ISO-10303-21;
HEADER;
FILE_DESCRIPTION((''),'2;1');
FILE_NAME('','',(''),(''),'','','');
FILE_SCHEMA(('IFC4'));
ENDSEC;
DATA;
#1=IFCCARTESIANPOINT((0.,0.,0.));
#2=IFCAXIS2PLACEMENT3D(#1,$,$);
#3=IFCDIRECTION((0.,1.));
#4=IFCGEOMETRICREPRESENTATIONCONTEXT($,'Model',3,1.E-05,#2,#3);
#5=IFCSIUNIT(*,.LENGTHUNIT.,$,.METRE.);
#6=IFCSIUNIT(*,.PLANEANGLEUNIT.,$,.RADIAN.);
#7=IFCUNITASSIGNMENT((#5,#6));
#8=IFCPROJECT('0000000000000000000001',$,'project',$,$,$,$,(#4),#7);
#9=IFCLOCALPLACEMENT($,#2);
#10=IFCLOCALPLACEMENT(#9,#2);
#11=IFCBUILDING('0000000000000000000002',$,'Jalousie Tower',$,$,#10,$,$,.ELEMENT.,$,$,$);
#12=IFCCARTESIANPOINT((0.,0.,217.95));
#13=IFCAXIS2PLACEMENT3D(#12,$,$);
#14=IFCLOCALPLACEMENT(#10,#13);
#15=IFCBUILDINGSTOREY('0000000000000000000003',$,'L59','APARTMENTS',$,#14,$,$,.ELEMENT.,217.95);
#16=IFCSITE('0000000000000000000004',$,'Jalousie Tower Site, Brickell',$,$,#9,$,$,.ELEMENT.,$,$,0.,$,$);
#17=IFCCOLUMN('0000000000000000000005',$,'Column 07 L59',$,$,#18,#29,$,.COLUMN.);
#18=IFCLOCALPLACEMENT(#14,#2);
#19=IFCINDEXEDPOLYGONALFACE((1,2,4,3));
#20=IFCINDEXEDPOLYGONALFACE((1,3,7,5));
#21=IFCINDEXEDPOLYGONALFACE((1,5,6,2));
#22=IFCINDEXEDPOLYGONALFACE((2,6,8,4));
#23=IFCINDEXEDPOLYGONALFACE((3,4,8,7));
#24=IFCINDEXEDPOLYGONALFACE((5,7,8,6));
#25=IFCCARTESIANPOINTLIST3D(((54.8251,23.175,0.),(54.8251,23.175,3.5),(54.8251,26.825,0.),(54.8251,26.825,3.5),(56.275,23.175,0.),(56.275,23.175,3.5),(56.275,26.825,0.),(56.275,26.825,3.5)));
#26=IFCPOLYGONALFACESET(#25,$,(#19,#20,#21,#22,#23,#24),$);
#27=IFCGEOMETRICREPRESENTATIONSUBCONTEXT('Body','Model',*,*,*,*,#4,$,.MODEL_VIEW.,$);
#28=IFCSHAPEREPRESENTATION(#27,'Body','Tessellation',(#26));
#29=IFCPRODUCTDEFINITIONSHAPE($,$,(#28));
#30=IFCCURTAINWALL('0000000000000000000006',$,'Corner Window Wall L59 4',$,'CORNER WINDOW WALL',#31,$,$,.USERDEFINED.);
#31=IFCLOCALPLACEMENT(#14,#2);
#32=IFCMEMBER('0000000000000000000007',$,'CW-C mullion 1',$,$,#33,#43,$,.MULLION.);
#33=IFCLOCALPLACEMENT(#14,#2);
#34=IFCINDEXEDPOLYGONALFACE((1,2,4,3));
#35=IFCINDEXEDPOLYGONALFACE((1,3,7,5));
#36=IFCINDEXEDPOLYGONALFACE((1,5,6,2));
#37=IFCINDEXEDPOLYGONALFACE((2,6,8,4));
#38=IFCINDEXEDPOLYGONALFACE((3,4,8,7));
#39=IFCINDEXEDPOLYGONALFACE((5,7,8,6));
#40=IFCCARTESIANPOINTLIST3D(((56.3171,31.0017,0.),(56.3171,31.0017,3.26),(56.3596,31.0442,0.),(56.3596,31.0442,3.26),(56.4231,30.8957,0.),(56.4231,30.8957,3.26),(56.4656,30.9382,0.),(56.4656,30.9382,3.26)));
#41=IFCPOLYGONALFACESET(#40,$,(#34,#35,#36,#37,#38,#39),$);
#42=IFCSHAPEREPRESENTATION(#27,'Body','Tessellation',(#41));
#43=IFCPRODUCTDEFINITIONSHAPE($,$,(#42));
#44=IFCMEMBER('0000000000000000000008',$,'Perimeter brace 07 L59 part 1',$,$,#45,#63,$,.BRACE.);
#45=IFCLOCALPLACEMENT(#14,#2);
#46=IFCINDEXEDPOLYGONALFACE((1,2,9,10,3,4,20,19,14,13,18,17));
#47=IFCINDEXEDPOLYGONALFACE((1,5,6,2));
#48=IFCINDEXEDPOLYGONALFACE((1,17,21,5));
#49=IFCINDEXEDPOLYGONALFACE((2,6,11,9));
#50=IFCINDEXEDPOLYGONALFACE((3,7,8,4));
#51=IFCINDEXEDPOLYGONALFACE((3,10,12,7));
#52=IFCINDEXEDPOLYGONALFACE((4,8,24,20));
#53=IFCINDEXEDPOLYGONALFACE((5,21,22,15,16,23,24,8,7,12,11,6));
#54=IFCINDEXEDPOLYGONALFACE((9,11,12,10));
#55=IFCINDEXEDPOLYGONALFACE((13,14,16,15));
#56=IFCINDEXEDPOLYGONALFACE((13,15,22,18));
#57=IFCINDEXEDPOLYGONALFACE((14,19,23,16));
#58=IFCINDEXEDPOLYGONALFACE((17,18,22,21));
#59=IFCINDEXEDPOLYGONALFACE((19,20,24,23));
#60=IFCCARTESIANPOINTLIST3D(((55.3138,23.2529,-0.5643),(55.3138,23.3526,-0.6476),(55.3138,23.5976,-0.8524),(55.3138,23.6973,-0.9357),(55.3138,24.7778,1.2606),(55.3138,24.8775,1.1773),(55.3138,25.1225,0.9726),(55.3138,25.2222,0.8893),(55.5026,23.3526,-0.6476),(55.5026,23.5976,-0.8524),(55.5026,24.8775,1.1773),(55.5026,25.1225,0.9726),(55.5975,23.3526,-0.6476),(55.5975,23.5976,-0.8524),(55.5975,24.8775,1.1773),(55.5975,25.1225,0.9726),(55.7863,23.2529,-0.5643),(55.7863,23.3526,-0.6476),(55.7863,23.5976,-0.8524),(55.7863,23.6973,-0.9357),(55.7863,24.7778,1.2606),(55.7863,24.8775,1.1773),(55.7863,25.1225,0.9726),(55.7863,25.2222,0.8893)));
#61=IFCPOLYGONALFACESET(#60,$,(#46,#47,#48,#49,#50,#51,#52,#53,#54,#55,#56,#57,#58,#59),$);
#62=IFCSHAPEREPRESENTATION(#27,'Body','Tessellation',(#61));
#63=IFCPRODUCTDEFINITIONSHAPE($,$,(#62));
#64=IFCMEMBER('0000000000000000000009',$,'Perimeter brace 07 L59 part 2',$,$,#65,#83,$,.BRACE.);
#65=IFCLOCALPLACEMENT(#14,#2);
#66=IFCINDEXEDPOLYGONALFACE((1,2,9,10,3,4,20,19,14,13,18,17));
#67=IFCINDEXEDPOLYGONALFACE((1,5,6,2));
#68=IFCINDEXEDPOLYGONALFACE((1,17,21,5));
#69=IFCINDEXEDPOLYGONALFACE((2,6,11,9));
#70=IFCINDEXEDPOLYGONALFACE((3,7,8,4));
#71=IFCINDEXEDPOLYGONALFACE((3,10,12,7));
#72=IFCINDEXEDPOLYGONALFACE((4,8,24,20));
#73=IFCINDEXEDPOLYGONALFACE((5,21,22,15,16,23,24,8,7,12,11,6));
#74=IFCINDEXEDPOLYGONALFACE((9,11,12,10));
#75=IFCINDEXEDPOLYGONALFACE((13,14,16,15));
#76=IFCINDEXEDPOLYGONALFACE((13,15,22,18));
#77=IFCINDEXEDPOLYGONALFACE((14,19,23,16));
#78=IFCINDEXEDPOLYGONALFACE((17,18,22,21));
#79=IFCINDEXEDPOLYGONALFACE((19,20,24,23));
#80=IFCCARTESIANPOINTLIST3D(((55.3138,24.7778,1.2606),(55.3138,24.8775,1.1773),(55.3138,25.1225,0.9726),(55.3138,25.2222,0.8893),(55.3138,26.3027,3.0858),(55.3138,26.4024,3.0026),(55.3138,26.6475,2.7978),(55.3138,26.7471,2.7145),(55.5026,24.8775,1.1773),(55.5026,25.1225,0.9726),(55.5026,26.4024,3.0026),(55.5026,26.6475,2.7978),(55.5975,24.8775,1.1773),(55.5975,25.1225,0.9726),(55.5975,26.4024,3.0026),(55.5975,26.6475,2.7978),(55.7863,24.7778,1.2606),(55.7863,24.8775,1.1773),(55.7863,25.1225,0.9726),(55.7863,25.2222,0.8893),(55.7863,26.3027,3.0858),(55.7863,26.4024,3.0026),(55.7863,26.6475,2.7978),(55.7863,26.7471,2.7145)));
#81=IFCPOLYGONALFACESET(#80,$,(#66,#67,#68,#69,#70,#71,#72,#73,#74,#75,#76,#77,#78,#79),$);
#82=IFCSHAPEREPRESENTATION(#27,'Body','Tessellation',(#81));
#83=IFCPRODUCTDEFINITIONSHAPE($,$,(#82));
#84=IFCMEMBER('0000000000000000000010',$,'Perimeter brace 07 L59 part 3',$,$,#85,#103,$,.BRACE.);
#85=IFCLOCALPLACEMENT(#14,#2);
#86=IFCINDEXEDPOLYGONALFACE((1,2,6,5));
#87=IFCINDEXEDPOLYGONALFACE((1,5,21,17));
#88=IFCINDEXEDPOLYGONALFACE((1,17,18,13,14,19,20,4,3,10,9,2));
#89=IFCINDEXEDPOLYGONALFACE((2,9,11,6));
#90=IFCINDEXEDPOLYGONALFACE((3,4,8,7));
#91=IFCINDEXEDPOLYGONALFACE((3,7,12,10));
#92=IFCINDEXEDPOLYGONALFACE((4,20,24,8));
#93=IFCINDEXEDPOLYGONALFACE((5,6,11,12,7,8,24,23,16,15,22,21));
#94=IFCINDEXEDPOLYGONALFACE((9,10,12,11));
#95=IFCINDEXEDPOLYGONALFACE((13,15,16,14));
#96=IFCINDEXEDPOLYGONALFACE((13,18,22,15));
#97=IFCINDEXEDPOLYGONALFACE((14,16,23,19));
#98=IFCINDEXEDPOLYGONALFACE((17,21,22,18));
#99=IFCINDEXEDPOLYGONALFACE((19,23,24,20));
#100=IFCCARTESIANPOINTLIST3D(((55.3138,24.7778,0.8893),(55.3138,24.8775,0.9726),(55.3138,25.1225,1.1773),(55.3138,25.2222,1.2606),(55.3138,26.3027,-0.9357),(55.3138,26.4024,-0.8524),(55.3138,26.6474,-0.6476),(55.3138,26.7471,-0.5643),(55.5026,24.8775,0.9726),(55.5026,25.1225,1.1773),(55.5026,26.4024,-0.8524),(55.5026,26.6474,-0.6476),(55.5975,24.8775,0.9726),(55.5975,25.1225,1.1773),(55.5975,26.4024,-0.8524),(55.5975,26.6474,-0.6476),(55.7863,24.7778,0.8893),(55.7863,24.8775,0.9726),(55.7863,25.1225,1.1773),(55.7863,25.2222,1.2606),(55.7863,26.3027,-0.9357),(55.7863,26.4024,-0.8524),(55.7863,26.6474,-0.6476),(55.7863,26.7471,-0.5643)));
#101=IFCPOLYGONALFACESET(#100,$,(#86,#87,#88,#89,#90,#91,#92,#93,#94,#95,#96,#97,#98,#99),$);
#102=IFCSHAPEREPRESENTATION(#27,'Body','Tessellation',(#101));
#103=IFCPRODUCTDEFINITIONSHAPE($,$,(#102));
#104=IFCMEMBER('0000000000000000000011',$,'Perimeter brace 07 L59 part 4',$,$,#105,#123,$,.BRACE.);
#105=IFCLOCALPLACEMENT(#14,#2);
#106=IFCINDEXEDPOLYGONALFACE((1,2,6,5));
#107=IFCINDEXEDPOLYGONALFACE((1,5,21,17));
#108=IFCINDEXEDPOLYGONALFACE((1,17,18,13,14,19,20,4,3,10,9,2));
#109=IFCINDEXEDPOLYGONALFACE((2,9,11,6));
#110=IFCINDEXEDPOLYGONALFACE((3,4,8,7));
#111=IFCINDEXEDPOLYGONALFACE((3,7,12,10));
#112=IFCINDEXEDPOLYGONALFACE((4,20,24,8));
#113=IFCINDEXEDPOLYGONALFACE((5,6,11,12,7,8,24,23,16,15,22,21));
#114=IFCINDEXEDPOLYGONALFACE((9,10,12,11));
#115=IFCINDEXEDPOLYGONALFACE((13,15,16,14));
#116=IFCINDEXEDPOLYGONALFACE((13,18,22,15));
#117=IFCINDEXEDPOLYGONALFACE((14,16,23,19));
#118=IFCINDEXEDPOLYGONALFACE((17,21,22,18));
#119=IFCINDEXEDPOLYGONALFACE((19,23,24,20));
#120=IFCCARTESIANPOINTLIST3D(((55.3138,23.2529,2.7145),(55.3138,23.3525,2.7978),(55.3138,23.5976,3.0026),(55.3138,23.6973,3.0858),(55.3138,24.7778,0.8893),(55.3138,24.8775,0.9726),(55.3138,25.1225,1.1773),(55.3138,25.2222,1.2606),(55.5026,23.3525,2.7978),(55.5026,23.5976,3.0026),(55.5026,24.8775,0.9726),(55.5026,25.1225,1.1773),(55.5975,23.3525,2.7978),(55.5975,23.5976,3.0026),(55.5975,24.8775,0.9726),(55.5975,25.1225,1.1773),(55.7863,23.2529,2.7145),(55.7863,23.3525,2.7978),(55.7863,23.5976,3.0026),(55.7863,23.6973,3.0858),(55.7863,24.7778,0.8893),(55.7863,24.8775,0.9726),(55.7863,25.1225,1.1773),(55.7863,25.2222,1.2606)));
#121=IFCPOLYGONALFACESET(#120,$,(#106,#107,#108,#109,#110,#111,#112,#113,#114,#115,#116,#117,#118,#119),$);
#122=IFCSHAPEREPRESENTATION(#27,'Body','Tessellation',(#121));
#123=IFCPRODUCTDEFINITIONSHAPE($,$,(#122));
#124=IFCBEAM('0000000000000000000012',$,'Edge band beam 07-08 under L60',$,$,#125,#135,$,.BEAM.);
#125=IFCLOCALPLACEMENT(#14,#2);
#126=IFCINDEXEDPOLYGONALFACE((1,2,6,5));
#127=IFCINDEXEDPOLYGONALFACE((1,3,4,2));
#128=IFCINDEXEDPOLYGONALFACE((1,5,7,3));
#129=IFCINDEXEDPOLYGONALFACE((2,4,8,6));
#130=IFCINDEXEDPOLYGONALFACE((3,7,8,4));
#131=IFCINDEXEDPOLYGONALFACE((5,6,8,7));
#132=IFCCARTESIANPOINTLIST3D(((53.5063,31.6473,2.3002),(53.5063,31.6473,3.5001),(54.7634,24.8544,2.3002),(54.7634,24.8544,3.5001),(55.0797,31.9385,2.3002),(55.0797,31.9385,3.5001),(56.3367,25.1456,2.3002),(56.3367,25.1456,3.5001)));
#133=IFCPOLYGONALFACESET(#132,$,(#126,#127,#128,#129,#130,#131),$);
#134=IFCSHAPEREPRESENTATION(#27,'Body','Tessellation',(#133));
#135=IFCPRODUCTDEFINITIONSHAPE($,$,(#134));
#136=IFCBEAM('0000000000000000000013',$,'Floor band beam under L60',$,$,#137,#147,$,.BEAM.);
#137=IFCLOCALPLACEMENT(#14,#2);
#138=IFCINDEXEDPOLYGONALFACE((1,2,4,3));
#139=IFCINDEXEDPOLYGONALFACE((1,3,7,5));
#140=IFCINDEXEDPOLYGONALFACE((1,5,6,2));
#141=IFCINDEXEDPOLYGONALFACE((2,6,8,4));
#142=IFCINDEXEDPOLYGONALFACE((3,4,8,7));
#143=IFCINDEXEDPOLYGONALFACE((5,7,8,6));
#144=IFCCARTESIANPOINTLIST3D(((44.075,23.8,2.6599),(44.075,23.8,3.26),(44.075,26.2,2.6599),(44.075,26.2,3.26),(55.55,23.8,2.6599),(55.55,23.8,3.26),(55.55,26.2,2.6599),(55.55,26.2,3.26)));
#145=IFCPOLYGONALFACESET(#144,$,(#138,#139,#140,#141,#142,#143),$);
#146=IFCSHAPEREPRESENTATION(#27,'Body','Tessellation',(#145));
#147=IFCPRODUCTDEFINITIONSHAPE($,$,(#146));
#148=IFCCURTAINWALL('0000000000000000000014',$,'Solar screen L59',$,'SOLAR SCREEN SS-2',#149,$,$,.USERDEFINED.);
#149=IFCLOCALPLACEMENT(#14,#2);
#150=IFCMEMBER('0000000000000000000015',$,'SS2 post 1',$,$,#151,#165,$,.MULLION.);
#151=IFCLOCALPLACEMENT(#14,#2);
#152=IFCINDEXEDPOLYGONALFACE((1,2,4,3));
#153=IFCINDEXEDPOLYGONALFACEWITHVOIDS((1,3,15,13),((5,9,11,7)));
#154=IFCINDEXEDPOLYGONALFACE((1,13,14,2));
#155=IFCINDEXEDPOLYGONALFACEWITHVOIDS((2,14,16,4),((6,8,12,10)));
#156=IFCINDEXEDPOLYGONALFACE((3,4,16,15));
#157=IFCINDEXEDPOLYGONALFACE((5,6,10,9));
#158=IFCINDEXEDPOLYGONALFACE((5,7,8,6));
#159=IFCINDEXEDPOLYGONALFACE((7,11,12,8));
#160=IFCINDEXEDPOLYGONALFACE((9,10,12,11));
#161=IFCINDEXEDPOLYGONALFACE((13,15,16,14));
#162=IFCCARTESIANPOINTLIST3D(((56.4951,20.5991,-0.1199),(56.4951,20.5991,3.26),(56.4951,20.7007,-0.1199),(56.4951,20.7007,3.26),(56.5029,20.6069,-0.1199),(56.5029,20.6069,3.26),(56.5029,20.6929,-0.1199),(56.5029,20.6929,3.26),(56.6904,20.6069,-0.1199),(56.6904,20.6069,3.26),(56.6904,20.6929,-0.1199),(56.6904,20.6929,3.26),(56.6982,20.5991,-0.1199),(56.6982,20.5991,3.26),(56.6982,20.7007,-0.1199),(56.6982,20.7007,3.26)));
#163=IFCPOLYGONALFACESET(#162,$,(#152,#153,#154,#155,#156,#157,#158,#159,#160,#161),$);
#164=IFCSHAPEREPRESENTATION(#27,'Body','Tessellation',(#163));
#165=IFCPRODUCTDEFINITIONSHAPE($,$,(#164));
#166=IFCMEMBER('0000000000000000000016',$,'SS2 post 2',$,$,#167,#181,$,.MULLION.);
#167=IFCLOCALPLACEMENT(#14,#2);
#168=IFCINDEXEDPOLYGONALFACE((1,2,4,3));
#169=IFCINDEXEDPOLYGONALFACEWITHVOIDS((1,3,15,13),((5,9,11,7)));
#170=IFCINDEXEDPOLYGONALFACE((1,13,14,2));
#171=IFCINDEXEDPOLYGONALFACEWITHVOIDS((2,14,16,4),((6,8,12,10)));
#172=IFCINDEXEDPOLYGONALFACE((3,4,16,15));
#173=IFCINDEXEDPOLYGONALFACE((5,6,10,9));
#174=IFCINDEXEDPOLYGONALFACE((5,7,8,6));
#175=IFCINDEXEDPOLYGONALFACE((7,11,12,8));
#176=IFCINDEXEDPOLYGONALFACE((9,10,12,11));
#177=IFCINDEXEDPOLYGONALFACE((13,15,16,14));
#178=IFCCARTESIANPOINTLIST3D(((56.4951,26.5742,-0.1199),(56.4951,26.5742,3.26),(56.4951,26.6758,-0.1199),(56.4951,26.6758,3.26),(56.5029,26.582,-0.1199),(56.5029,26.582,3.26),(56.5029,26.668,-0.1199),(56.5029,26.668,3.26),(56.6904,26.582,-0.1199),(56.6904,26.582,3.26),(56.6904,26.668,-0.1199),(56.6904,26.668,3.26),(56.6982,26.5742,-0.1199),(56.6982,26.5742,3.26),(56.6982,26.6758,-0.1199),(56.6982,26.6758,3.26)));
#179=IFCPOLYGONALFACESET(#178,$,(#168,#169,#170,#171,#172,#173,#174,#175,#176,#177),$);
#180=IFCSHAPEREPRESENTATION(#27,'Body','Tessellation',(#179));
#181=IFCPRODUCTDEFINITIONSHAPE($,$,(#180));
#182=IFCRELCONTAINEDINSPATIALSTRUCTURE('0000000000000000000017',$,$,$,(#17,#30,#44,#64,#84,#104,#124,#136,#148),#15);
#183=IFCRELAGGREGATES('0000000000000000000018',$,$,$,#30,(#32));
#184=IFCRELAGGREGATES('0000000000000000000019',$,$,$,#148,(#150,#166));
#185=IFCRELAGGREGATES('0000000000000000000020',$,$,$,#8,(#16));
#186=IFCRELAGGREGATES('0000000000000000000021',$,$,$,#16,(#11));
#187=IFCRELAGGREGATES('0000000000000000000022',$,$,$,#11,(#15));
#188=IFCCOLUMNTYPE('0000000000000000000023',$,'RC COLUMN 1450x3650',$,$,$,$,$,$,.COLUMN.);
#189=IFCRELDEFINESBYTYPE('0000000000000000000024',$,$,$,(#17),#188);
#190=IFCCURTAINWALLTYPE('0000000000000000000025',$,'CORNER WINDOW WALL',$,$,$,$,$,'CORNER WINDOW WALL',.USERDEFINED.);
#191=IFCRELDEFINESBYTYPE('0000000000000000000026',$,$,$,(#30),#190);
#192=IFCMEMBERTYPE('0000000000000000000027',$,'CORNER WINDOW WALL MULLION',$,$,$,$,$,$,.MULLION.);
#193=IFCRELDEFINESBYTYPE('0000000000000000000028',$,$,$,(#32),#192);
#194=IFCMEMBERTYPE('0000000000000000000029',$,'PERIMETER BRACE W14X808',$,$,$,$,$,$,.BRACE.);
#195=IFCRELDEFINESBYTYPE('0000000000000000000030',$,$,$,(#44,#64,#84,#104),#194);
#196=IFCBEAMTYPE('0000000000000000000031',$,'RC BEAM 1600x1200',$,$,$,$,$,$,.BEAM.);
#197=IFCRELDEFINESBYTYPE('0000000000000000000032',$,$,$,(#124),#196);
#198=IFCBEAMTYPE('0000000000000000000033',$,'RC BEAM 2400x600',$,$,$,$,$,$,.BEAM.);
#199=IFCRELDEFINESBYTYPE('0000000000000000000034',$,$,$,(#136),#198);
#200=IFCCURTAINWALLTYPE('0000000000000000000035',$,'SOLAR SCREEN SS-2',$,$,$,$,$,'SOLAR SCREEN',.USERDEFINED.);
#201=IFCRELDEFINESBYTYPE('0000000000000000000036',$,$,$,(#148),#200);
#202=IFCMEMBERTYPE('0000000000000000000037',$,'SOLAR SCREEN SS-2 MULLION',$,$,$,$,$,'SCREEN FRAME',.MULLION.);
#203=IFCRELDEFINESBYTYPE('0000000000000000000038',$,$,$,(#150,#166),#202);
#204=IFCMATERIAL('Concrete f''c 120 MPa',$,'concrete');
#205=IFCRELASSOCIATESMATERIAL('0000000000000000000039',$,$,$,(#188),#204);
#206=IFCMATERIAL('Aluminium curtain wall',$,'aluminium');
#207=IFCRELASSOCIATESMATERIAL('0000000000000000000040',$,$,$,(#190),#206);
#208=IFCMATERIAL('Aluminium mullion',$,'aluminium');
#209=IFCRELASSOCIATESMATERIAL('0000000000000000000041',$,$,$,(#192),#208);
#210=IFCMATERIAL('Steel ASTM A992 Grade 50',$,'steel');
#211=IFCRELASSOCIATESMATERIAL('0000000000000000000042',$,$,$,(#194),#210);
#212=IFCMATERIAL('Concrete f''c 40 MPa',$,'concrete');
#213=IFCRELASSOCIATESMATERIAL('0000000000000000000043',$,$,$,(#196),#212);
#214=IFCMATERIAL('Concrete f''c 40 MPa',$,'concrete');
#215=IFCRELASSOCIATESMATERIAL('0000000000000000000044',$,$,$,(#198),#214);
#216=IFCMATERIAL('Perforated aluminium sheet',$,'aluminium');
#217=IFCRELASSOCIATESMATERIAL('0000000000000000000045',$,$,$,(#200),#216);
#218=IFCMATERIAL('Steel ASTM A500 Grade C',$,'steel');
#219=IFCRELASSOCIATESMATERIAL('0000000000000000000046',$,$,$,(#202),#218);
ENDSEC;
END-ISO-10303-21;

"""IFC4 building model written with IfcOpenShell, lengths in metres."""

from ifc_helpers import new_model, si_unit, direction, frame, origin, origin_2d, place, context, subcontext, project, spatial, rectangle, hollow_rectangle, i_section, extrude, material, material_profile, profile_set, type_object, element, aggregate, save


model = new_model("IFC4")

# Units and contexts
model_context = context("Model", 3, precision=1e-05, world=origin(), true_north=direction((0.0, 1.0)))
body_context = subcontext(model_context, "Body", "Model", "MODEL_VIEW")
ifc_project = project(units=[si_unit("LENGTHUNIT", "METRE"), si_unit("PLANEANGLEUNIT", "RADIAN")], contexts=[model_context])

# Site, building, storey
site_placement = place(None, origin())
site = spatial("IfcSite", under=ifc_project, at=site_placement, Name="Jalousie Tower Site, Brickell", CompositionType="ELEMENT", RefElevation=0.0)
building_placement = place(site_placement, origin())
building = spatial("IfcBuilding", under=site, at=building_placement, Name="Jalousie Tower", CompositionType="ELEMENT")
storey_placement = place(building_placement, frame((0.0, 0.0, 217.95)))
storey = spatial("IfcBuildingStorey", under=building, at=storey_placement, Name="L59", Description="APARTMENTS", CompositionType="ELEMENT", Elevation=217.95)

# Column
ifc_material_1 = material(Name="Concrete f'c 120 MPa", Category="concrete")
ifc_material_profile_1 = material_profile(ifc_material_1, rectangle(XDim=1.45, YDim=3.6499, at=origin_2d()), Name="RC 1450x3650")
ifc_profile_set_1 = profile_set([ifc_material_profile_1], Name="Concrete f'c 120 MPa")
column_type = type_object("IfcColumnType", Name="RC COLUMN 1450x3650", PredefinedType="COLUMN", material=ifc_profile_set_1)
column_placement = place(storey_placement, frame((55.55, 25.0, 0.0), z_axis=(0.0, 0.0, 1.0), x_axis=(1.0, 0.0, 0.0)))
element("IfcColumn", 1, at=column_placement, inside=storey, type_object=column_type, Name="Column 07 L59", PredefinedType="COLUMN", context=body_context, shape_type="SweptSolid", body=[
    extrude(rectangle(XDim=1.45, YDim=3.6499, at=origin_2d()), origin(), (0.0, 0.0, 1.0), 3.5),
])

# Curtain wall, member
ifc_material_2 = material(Name="Aluminium curtain wall", Category="aluminium")
curtain_wall_type_1 = type_object("IfcCurtainWallType", Name="CORNER WINDOW WALL", ElementType="CORNER WINDOW WALL", PredefinedType="USERDEFINED", material=ifc_material_2)
curtain_wall_1_placement = place(storey_placement, origin())
curtain_wall_1 = element("IfcCurtainWall", 2, at=curtain_wall_1_placement, inside=storey, type_object=curtain_wall_type_1, Name="Corner Window Wall L59 4", ObjectType="CORNER WINDOW WALL", PredefinedType="USERDEFINED")
ifc_material_3 = material(Name="Aluminium mullion", Category="aluminium")
ifc_material_profile_2 = material_profile(ifc_material_3, rectangle(XDim=0.0601, YDim=0.1499, at=origin_2d()), Name="MULLION 60x150")
ifc_profile_set_2 = profile_set([ifc_material_profile_2], Name="Aluminium mullion")
member_type_1 = type_object("IfcMemberType", Name="CORNER WINDOW WALL MULLION", PredefinedType="MULLION", material=ifc_profile_set_2)
member_1_placement = place(storey_placement, frame((56.3914, 30.97, 0.0), z_axis=(0.0, 0.0, 1.0), x_axis=(-0.707107, -0.707107, 0.0)))
member_1 = element("IfcMember", 3, at=member_1_placement, type_object=member_type_1, Name="CW-C mullion 1", PredefinedType="MULLION", context=body_context, shape_type="SweptSolid", body=[
    extrude(rectangle(XDim=0.0601, YDim=0.1499, at=origin_2d()), origin(), (0.0, 0.0, 1.0), 3.26),
])
aggregate(curtain_wall_1, [member_1])

# Members
ifc_material_4 = material(Name="Steel ASTM A992 Grade 50", Category="steel")
ifc_material_profile_3 = material_profile(ifc_material_4, i_section(OverallWidth=0.4724, OverallDepth=0.5791, WebThickness=0.095, FlangeThickness=0.1299, at=origin_2d()), Name="W14X808")
ifc_profile_set_3 = profile_set([ifc_material_profile_3], Name="Steel ASTM A992 Grade 50")
member_type_2 = type_object("IfcMemberType", Name="PERIMETER BRACE W14X808", PredefinedType="BRACE", material=ifc_profile_set_3)
member_2_placement = place(storey_placement, frame((55.55, 23.4751, -0.75), z_axis=(0.0, 0.641204, 0.767371), x_axis=(-1.0, 0.0, 0.0)))
element("IfcMember", 4, at=member_2_placement, inside=storey, type_object=member_type_2, Name="Perimeter brace 07 L59 part 1", PredefinedType="BRACE", context=body_context, shape_type="SweptSolid", body=[
    extrude(i_section(OverallWidth=0.4724, OverallDepth=0.5791, WebThickness=0.095, FlangeThickness=0.1299, at=origin_2d()), origin(), (0.0, 0.0, 1.0), 2.3782),
])
member_3_placement = place(storey_placement, frame((55.55, 25.0, 1.075), z_axis=(0.0, 0.641153, 0.767413), x_axis=(-1.0, 0.0, 0.0)))
element("IfcMember", 5, at=member_3_placement, inside=storey, type_object=member_type_2, Name="Perimeter brace 07 L59 part 2", PredefinedType="BRACE", context=body_context, shape_type="SweptSolid", body=[
    extrude(i_section(OverallWidth=0.4724, OverallDepth=0.5791, WebThickness=0.095, FlangeThickness=0.1299, at=origin_2d()), origin(), (0.0, 0.0, 1.0), 2.3784),
])
member_4_placement = place(storey_placement, frame((55.55, 26.5249, -0.75), z_axis=(0.0, -0.641204, 0.767371), x_axis=(1.0, 0.0, 0.0)))
element("IfcMember", 6, at=member_4_placement, inside=storey, type_object=member_type_2, Name="Perimeter brace 07 L59 part 3", PredefinedType="BRACE", context=body_context, shape_type="SweptSolid", body=[
    extrude(i_section(OverallWidth=0.4724, OverallDepth=0.5791, WebThickness=0.095, FlangeThickness=0.1299, at=origin_2d()), origin(), (0.0, 0.0, 1.0), 2.3782),
])
member_5_placement = place(storey_placement, frame((55.55, 25.0, 1.075), z_axis=(0.0, -0.641153, 0.767413), x_axis=(1.0, 0.0, 0.0)))
element("IfcMember", 7, at=member_5_placement, inside=storey, type_object=member_type_2, Name="Perimeter brace 07 L59 part 4", PredefinedType="BRACE", context=body_context, shape_type="SweptSolid", body=[
    extrude(i_section(OverallWidth=0.4724, OverallDepth=0.5791, WebThickness=0.095, FlangeThickness=0.1299, at=origin_2d()), origin(), (0.0, 0.0, 1.0), 2.3784),
])

# Beams
ifc_material_5 = material(Name="Concrete f'c 40 MPa", Category="concrete")
ifc_material_profile_4 = material_profile(ifc_material_5, rectangle(XDim=1.6001, YDim=1.2, at=origin_2d()), Name="RC 1600x1200")
ifc_profile_set_4 = profile_set([ifc_material_profile_4], Name="Concrete f'c 40 MPa")
beam_type_1 = type_object("IfcBeamType", Name="RC BEAM 1600x1200", PredefinedType="BEAM", material=ifc_profile_set_4)
beam_1_placement = place(storey_placement, frame((55.55, 25.0, 2.9001), z_axis=(-0.181967, 0.983305, 0.0), x_axis=(-0.983305, -0.181967, 0.0)))
element("IfcBeam", 8, at=beam_1_placement, inside=storey, type_object=beam_type_1, Name="Edge band beam 07-08 under L60", PredefinedType="BEAM", context=body_context, shape_type="SweptSolid", body=[
    extrude(rectangle(XDim=1.6001, YDim=1.2, at=origin_2d()), origin(), (0.0, 0.0, 1.0), 6.9082),
])
ifc_material_6 = material(Name="Concrete f'c 40 MPa", Category="concrete")
ifc_material_profile_5 = material_profile(ifc_material_6, rectangle(XDim=2.3999, YDim=0.6001, at=origin_2d()), Name="RC 2400x600")
ifc_profile_set_5 = profile_set([ifc_material_profile_5], Name="Concrete f'c 40 MPa")
beam_type_2 = type_object("IfcBeamType", Name="RC BEAM 2400x600", PredefinedType="BEAM", material=ifc_profile_set_5)
beam_2_placement = place(storey_placement, frame((55.55, 25.0, 2.96), z_axis=(-1.0, 0.0, 0.0), x_axis=(0.0, -1.0, 0.0)))
element("IfcBeam", 9, at=beam_2_placement, inside=storey, type_object=beam_type_2, Name="Floor band beam under L60", PredefinedType="BEAM", context=body_context, shape_type="SweptSolid", body=[
    extrude(rectangle(XDim=2.3999, YDim=0.6001, at=origin_2d()), origin(), (0.0, 0.0, 1.0), 11.4751),
])

# Curtain wall, members
ifc_material_7 = material(Name="Perforated aluminium sheet", Category="aluminium")
curtain_wall_type_2 = type_object("IfcCurtainWallType", Name="SOLAR SCREEN SS-2", ElementType="SOLAR SCREEN", PredefinedType="USERDEFINED", material=ifc_material_7)
curtain_wall_2_placement = place(storey_placement, origin())
curtain_wall_2 = element("IfcCurtainWall", 10, at=curtain_wall_2_placement, inside=storey, type_object=curtain_wall_type_2, Name="Solar screen L59", ObjectType="SOLAR SCREEN SS-2", PredefinedType="USERDEFINED")
ifc_material_8 = material(Name="Steel ASTM A500 Grade C", Category="steel")
ifc_material_profile_6 = material_profile(ifc_material_8, hollow_rectangle(XDim=0.1016, YDim=0.2031, WallThickness=0.0078, at=origin_2d()), Name="HSS8X4X5/16")
ifc_profile_set_6 = profile_set([ifc_material_profile_6], Name="Steel ASTM A500 Grade C")
member_type_3 = type_object("IfcMemberType", Name="SOLAR SCREEN SS-2 MULLION", ElementType="SCREEN FRAME", PredefinedType="MULLION", material=ifc_profile_set_6)
member_6_placement = place(storey_placement, frame((56.5967, 20.6499, -0.1199), z_axis=(0.0, 0.0, 1.0), x_axis=(0.0, 1.0, 0.0)))
member_6 = element("IfcMember", 11, at=member_6_placement, type_object=member_type_3, Name="SS2 post 1", PredefinedType="MULLION", context=body_context, shape_type="SweptSolid", body=[
    extrude(hollow_rectangle(XDim=0.1016, YDim=0.2031, WallThickness=0.0078, at=origin_2d()), origin(), (0.0, 0.0, 1.0), 3.3799),
])
member_7_placement = place(storey_placement, frame((56.5967, 26.625, -0.1199), z_axis=(0.0, 0.0, 1.0), x_axis=(0.0, 1.0, 0.0)))
member_7 = element("IfcMember", 12, at=member_7_placement, type_object=member_type_3, Name="SS2 post 2", PredefinedType="MULLION", context=body_context, shape_type="SweptSolid", body=[
    extrude(hollow_rectangle(XDim=0.1016, YDim=0.2031, WallThickness=0.0078, at=origin_2d()), origin(), (0.0, 0.0, 1.0), 3.3799),
])

aggregate(curtain_wall_2, [member_6, member_7])

save(model, "model.ifc")
